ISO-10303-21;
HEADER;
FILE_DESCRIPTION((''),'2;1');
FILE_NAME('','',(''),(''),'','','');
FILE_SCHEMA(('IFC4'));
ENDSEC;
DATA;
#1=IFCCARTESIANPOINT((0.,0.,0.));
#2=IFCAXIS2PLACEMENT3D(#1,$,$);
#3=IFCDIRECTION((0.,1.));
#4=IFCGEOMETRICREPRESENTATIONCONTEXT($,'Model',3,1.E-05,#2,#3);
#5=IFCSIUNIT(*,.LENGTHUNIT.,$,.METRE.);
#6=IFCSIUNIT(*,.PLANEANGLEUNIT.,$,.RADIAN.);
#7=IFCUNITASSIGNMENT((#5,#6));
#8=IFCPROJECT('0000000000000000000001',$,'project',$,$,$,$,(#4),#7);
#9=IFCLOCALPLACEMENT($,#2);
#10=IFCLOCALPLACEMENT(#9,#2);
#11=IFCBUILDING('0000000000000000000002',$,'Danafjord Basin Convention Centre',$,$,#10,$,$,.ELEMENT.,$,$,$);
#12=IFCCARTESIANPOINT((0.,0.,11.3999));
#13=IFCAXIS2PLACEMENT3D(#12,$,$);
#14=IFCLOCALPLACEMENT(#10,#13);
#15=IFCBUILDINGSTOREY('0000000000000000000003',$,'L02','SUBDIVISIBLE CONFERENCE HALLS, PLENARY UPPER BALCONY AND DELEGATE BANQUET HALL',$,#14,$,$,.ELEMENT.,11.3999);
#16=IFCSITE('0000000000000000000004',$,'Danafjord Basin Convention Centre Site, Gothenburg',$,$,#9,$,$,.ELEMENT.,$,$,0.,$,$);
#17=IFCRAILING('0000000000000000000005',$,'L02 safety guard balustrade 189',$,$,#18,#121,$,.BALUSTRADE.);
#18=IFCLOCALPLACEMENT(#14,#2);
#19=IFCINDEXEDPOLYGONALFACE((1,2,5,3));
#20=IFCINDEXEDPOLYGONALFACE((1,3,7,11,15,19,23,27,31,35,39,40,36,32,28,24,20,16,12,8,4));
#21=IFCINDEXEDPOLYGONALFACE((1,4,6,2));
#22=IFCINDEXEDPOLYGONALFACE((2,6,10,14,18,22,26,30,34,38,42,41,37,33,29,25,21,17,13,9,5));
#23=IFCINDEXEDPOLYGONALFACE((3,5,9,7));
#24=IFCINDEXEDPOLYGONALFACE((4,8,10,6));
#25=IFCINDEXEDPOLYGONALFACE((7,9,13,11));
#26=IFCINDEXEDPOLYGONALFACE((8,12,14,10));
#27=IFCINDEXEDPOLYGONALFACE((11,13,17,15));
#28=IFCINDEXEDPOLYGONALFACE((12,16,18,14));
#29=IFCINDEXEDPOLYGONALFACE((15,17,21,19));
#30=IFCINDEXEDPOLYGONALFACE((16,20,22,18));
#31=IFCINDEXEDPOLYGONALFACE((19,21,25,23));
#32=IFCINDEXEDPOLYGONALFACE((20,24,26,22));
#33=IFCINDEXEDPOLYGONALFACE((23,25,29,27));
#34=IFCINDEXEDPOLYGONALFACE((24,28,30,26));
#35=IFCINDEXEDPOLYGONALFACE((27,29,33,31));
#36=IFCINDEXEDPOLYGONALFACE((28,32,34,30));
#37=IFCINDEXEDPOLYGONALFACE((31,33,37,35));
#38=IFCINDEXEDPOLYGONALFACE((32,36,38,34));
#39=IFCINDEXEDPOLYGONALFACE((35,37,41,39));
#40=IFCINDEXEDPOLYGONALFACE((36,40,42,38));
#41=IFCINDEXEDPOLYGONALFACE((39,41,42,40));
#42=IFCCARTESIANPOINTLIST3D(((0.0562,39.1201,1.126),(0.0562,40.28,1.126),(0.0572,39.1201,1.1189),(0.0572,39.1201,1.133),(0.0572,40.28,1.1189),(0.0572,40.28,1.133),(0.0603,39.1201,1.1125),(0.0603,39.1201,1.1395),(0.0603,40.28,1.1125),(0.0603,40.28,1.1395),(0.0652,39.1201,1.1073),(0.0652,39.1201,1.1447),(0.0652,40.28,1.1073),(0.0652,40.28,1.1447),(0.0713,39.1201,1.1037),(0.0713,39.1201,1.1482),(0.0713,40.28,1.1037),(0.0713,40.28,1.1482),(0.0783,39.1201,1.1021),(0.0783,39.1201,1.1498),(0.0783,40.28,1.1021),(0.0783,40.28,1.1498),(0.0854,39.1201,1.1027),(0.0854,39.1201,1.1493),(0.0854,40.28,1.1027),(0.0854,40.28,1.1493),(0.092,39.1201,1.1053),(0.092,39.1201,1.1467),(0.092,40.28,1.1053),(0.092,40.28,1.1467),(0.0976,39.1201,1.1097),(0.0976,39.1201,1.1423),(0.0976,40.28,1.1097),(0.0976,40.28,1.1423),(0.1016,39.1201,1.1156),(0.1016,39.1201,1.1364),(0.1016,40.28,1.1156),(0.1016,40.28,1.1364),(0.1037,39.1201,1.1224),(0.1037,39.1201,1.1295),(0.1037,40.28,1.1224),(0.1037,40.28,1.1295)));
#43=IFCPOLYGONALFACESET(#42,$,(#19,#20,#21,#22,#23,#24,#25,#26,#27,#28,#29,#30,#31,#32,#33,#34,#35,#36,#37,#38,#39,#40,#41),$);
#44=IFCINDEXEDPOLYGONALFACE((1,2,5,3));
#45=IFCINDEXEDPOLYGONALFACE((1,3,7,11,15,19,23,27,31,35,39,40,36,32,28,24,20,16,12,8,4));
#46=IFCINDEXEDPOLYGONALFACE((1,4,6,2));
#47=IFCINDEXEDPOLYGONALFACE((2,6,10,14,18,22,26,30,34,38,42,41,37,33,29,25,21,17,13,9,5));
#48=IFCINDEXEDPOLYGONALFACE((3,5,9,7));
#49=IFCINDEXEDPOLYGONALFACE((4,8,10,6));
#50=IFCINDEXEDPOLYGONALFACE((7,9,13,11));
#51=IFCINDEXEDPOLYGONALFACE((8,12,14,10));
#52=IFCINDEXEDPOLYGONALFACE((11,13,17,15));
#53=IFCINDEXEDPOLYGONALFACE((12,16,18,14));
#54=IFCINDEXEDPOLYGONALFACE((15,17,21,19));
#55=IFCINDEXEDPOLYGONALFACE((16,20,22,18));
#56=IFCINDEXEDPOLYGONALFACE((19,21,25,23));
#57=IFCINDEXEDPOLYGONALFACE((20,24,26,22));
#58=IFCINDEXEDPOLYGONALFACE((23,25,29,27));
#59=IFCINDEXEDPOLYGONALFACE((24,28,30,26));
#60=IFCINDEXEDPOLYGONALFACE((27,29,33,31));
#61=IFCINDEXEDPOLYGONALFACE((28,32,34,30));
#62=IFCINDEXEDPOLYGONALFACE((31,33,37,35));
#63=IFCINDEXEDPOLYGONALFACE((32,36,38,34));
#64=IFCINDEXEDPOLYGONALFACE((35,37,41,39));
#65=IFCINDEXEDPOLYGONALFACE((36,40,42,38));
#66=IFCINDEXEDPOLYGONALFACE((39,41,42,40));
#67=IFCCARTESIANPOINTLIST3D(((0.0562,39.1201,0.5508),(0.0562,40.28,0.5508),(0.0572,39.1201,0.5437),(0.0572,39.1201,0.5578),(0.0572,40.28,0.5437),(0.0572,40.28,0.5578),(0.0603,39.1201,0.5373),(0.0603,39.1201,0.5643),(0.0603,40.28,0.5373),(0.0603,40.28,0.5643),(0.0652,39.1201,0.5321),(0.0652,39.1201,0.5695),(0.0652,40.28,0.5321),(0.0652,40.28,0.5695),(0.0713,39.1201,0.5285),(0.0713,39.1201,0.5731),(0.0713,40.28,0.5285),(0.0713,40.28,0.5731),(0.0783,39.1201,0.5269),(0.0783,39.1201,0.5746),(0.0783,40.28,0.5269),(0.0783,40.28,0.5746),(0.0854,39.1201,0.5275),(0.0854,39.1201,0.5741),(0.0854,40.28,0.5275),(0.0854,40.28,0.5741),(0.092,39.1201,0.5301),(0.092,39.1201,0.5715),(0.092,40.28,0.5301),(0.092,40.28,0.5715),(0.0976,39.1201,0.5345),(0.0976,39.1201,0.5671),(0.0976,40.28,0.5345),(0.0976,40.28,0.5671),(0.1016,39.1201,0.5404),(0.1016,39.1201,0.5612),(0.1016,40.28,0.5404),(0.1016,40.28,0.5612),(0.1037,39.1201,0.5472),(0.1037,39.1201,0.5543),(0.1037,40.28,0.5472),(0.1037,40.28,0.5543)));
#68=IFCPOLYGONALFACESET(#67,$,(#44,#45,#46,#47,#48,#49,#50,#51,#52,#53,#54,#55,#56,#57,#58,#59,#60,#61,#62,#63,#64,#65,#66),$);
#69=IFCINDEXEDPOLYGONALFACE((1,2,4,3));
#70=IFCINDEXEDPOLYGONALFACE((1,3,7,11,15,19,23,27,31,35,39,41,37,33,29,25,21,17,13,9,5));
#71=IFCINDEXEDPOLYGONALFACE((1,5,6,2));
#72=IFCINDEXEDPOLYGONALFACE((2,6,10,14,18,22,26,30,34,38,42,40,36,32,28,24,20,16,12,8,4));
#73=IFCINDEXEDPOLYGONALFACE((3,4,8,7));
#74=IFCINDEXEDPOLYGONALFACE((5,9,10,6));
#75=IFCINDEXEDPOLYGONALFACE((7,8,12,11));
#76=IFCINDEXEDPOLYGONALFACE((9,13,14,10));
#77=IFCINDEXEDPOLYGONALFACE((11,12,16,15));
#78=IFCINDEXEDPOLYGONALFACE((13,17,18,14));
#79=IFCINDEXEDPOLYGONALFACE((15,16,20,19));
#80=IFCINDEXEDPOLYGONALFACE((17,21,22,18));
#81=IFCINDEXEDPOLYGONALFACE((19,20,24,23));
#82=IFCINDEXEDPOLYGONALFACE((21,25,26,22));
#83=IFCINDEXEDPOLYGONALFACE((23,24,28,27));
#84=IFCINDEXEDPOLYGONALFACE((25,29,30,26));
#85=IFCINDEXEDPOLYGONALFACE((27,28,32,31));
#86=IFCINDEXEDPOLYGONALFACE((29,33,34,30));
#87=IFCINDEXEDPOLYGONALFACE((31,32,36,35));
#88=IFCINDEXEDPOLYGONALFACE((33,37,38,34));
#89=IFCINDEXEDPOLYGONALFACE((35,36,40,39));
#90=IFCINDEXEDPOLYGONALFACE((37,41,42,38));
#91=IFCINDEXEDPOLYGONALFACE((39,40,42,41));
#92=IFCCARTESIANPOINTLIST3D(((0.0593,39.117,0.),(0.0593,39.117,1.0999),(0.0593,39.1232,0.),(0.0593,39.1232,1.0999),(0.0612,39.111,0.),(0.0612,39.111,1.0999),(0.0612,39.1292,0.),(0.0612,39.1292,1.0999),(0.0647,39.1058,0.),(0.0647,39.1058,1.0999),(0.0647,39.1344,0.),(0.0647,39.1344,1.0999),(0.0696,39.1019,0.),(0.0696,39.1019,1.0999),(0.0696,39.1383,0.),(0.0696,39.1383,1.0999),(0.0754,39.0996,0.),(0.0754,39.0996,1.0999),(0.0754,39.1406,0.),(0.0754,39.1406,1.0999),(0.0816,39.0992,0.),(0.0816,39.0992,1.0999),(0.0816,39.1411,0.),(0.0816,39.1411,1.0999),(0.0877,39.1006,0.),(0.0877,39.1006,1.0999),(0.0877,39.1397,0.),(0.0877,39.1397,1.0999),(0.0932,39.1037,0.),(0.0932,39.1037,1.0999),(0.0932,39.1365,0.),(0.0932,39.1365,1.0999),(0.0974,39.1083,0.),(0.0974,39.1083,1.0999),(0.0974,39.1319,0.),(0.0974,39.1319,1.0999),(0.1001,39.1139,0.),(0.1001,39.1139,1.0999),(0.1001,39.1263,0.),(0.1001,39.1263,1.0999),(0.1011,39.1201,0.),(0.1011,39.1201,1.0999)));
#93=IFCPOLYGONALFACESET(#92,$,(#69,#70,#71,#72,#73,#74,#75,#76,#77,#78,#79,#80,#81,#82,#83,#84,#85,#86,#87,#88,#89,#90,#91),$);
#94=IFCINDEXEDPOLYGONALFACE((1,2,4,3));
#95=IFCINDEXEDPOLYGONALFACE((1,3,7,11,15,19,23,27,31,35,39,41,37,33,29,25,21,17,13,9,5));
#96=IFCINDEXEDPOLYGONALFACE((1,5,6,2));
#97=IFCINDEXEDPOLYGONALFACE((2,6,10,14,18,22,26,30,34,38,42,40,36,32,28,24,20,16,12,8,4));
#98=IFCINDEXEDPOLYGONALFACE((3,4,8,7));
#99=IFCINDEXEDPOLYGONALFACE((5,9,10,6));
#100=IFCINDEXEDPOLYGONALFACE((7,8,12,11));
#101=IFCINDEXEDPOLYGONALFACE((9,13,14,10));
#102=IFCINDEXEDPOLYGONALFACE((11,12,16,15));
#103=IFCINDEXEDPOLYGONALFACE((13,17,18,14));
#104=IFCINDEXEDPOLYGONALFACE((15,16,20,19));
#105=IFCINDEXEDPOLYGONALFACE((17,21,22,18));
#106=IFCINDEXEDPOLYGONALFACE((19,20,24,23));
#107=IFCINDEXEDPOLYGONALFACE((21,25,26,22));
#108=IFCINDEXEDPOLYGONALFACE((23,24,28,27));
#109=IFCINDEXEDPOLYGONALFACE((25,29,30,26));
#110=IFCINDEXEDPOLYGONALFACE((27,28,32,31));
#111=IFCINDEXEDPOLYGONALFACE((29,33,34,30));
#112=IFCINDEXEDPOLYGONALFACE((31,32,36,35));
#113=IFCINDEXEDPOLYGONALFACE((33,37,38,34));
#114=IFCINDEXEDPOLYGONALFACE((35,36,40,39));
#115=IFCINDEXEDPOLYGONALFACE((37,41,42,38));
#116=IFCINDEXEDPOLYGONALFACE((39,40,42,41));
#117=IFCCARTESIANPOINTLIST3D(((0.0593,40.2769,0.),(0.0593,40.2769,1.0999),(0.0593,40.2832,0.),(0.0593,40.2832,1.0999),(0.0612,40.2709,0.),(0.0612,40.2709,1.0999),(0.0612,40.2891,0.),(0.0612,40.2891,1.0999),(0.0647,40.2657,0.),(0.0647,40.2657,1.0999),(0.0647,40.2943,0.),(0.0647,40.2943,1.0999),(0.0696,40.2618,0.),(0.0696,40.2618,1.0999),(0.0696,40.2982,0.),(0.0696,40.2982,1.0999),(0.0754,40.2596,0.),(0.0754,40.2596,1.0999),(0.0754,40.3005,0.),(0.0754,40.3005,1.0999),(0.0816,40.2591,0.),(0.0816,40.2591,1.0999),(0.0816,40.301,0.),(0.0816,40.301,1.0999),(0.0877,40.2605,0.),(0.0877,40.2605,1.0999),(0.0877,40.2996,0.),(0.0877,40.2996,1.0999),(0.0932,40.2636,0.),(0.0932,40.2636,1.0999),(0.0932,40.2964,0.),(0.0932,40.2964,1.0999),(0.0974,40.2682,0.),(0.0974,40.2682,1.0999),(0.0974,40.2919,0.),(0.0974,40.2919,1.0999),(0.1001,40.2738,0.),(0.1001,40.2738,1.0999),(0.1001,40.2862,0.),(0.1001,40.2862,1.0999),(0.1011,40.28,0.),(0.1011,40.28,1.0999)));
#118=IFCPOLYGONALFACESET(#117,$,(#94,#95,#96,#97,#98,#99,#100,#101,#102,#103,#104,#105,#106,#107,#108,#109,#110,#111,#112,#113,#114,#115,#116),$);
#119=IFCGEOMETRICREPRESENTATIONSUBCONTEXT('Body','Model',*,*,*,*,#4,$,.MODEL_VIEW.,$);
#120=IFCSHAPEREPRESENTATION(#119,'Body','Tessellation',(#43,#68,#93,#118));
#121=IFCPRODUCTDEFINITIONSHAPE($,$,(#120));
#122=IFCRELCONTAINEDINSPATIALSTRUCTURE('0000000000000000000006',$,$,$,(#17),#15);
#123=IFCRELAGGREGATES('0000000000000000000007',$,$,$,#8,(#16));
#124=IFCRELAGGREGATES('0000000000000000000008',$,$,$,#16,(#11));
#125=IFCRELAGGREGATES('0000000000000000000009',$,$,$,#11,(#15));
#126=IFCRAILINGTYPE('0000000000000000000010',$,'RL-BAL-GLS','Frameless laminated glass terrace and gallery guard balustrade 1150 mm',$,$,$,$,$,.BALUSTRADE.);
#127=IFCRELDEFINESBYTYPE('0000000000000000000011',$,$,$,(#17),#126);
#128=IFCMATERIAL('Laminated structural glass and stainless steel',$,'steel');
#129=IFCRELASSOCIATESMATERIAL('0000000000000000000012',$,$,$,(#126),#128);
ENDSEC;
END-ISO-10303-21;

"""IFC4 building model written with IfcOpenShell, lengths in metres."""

from ifc_helpers import new_model, si_unit, direction, frame, origin, origin_2d, place, context, subcontext, project, spatial, circle, extrude, material, type_object, element, save


model = new_model("IFC4")

# Units and contexts
model_context = context("Model", 3, precision=1e-05, world=origin(), true_north=direction((0.0, 1.0)))
body_context = subcontext(model_context, "Body", "Model", "MODEL_VIEW")
ifc_project = project(units=[si_unit("LENGTHUNIT", "METRE"), si_unit("PLANEANGLEUNIT", "RADIAN")], contexts=[model_context])

# Site, building, storey
site_placement = place(None, origin())
site = spatial("IfcSite", under=ifc_project, at=site_placement, Name="Danafjord Basin Convention Centre Site, Gothenburg", CompositionType="ELEMENT", RefElevation=0.0)
building_placement = place(site_placement, origin())
building = spatial("IfcBuilding", under=site, at=building_placement, Name="Danafjord Basin Convention Centre", CompositionType="ELEMENT")
storey_placement = place(building_placement, frame((0.0, 0.0, 11.3999)))
storey = spatial("IfcBuildingStorey", under=building, at=storey_placement, Name="L02", Description="SUBDIVISIBLE CONFERENCE HALLS, PLENARY UPPER BALCONY AND DELEGATE BANQUET HALL", CompositionType="ELEMENT", Elevation=11.3999)

# Railing
ifc_material_1 = material(Name="Laminated structural glass and stainless steel", Category="steel")
railing_type = type_object("IfcRailingType", Name="RL-BAL-GLS", Description="Frameless laminated glass terrace and gallery guard balustrade 1150 mm", PredefinedType="BALUSTRADE", material=ifc_material_1)
for number, where, name in (
    (1, (0.0801, 39.1201, 0.0), "L02 safety guard balustrade 189"),
):
    element("IfcRailing", number, at=place(storey_placement, frame(where)), inside=storey, type_object=railing_type, Name=name, PredefinedType="BALUSTRADE", context=body_context, shape_type="SweptSolid", body=[
        extrude(circle(Radius=0.0239, at=origin_2d()), frame((0.0, 0.0, 1.126), z_axis=(0.0, 1.0, 0.0), x_axis=(-1.0, 0.0, 0.0)), (0.0, 0.0, 1.0), 1.1599),
        extrude(circle(Radius=0.0239, at=origin_2d()), frame((0.0, 0.0, 0.5508), z_axis=(0.0, 1.0, 0.0), x_axis=(-1.0, 0.0, 0.0)), (0.0, 0.0, 1.0), 1.1599),
        extrude(circle(Radius=0.021, at=origin_2d()), origin(), (0.0, 0.0, 1.0), 1.0999),
        extrude(circle(Radius=0.021, at=origin_2d()), frame((0.0, 1.1599, 0.0)), (0.0, 0.0, 1.0), 1.0999),
    ])

save(model, "model.ifc")
